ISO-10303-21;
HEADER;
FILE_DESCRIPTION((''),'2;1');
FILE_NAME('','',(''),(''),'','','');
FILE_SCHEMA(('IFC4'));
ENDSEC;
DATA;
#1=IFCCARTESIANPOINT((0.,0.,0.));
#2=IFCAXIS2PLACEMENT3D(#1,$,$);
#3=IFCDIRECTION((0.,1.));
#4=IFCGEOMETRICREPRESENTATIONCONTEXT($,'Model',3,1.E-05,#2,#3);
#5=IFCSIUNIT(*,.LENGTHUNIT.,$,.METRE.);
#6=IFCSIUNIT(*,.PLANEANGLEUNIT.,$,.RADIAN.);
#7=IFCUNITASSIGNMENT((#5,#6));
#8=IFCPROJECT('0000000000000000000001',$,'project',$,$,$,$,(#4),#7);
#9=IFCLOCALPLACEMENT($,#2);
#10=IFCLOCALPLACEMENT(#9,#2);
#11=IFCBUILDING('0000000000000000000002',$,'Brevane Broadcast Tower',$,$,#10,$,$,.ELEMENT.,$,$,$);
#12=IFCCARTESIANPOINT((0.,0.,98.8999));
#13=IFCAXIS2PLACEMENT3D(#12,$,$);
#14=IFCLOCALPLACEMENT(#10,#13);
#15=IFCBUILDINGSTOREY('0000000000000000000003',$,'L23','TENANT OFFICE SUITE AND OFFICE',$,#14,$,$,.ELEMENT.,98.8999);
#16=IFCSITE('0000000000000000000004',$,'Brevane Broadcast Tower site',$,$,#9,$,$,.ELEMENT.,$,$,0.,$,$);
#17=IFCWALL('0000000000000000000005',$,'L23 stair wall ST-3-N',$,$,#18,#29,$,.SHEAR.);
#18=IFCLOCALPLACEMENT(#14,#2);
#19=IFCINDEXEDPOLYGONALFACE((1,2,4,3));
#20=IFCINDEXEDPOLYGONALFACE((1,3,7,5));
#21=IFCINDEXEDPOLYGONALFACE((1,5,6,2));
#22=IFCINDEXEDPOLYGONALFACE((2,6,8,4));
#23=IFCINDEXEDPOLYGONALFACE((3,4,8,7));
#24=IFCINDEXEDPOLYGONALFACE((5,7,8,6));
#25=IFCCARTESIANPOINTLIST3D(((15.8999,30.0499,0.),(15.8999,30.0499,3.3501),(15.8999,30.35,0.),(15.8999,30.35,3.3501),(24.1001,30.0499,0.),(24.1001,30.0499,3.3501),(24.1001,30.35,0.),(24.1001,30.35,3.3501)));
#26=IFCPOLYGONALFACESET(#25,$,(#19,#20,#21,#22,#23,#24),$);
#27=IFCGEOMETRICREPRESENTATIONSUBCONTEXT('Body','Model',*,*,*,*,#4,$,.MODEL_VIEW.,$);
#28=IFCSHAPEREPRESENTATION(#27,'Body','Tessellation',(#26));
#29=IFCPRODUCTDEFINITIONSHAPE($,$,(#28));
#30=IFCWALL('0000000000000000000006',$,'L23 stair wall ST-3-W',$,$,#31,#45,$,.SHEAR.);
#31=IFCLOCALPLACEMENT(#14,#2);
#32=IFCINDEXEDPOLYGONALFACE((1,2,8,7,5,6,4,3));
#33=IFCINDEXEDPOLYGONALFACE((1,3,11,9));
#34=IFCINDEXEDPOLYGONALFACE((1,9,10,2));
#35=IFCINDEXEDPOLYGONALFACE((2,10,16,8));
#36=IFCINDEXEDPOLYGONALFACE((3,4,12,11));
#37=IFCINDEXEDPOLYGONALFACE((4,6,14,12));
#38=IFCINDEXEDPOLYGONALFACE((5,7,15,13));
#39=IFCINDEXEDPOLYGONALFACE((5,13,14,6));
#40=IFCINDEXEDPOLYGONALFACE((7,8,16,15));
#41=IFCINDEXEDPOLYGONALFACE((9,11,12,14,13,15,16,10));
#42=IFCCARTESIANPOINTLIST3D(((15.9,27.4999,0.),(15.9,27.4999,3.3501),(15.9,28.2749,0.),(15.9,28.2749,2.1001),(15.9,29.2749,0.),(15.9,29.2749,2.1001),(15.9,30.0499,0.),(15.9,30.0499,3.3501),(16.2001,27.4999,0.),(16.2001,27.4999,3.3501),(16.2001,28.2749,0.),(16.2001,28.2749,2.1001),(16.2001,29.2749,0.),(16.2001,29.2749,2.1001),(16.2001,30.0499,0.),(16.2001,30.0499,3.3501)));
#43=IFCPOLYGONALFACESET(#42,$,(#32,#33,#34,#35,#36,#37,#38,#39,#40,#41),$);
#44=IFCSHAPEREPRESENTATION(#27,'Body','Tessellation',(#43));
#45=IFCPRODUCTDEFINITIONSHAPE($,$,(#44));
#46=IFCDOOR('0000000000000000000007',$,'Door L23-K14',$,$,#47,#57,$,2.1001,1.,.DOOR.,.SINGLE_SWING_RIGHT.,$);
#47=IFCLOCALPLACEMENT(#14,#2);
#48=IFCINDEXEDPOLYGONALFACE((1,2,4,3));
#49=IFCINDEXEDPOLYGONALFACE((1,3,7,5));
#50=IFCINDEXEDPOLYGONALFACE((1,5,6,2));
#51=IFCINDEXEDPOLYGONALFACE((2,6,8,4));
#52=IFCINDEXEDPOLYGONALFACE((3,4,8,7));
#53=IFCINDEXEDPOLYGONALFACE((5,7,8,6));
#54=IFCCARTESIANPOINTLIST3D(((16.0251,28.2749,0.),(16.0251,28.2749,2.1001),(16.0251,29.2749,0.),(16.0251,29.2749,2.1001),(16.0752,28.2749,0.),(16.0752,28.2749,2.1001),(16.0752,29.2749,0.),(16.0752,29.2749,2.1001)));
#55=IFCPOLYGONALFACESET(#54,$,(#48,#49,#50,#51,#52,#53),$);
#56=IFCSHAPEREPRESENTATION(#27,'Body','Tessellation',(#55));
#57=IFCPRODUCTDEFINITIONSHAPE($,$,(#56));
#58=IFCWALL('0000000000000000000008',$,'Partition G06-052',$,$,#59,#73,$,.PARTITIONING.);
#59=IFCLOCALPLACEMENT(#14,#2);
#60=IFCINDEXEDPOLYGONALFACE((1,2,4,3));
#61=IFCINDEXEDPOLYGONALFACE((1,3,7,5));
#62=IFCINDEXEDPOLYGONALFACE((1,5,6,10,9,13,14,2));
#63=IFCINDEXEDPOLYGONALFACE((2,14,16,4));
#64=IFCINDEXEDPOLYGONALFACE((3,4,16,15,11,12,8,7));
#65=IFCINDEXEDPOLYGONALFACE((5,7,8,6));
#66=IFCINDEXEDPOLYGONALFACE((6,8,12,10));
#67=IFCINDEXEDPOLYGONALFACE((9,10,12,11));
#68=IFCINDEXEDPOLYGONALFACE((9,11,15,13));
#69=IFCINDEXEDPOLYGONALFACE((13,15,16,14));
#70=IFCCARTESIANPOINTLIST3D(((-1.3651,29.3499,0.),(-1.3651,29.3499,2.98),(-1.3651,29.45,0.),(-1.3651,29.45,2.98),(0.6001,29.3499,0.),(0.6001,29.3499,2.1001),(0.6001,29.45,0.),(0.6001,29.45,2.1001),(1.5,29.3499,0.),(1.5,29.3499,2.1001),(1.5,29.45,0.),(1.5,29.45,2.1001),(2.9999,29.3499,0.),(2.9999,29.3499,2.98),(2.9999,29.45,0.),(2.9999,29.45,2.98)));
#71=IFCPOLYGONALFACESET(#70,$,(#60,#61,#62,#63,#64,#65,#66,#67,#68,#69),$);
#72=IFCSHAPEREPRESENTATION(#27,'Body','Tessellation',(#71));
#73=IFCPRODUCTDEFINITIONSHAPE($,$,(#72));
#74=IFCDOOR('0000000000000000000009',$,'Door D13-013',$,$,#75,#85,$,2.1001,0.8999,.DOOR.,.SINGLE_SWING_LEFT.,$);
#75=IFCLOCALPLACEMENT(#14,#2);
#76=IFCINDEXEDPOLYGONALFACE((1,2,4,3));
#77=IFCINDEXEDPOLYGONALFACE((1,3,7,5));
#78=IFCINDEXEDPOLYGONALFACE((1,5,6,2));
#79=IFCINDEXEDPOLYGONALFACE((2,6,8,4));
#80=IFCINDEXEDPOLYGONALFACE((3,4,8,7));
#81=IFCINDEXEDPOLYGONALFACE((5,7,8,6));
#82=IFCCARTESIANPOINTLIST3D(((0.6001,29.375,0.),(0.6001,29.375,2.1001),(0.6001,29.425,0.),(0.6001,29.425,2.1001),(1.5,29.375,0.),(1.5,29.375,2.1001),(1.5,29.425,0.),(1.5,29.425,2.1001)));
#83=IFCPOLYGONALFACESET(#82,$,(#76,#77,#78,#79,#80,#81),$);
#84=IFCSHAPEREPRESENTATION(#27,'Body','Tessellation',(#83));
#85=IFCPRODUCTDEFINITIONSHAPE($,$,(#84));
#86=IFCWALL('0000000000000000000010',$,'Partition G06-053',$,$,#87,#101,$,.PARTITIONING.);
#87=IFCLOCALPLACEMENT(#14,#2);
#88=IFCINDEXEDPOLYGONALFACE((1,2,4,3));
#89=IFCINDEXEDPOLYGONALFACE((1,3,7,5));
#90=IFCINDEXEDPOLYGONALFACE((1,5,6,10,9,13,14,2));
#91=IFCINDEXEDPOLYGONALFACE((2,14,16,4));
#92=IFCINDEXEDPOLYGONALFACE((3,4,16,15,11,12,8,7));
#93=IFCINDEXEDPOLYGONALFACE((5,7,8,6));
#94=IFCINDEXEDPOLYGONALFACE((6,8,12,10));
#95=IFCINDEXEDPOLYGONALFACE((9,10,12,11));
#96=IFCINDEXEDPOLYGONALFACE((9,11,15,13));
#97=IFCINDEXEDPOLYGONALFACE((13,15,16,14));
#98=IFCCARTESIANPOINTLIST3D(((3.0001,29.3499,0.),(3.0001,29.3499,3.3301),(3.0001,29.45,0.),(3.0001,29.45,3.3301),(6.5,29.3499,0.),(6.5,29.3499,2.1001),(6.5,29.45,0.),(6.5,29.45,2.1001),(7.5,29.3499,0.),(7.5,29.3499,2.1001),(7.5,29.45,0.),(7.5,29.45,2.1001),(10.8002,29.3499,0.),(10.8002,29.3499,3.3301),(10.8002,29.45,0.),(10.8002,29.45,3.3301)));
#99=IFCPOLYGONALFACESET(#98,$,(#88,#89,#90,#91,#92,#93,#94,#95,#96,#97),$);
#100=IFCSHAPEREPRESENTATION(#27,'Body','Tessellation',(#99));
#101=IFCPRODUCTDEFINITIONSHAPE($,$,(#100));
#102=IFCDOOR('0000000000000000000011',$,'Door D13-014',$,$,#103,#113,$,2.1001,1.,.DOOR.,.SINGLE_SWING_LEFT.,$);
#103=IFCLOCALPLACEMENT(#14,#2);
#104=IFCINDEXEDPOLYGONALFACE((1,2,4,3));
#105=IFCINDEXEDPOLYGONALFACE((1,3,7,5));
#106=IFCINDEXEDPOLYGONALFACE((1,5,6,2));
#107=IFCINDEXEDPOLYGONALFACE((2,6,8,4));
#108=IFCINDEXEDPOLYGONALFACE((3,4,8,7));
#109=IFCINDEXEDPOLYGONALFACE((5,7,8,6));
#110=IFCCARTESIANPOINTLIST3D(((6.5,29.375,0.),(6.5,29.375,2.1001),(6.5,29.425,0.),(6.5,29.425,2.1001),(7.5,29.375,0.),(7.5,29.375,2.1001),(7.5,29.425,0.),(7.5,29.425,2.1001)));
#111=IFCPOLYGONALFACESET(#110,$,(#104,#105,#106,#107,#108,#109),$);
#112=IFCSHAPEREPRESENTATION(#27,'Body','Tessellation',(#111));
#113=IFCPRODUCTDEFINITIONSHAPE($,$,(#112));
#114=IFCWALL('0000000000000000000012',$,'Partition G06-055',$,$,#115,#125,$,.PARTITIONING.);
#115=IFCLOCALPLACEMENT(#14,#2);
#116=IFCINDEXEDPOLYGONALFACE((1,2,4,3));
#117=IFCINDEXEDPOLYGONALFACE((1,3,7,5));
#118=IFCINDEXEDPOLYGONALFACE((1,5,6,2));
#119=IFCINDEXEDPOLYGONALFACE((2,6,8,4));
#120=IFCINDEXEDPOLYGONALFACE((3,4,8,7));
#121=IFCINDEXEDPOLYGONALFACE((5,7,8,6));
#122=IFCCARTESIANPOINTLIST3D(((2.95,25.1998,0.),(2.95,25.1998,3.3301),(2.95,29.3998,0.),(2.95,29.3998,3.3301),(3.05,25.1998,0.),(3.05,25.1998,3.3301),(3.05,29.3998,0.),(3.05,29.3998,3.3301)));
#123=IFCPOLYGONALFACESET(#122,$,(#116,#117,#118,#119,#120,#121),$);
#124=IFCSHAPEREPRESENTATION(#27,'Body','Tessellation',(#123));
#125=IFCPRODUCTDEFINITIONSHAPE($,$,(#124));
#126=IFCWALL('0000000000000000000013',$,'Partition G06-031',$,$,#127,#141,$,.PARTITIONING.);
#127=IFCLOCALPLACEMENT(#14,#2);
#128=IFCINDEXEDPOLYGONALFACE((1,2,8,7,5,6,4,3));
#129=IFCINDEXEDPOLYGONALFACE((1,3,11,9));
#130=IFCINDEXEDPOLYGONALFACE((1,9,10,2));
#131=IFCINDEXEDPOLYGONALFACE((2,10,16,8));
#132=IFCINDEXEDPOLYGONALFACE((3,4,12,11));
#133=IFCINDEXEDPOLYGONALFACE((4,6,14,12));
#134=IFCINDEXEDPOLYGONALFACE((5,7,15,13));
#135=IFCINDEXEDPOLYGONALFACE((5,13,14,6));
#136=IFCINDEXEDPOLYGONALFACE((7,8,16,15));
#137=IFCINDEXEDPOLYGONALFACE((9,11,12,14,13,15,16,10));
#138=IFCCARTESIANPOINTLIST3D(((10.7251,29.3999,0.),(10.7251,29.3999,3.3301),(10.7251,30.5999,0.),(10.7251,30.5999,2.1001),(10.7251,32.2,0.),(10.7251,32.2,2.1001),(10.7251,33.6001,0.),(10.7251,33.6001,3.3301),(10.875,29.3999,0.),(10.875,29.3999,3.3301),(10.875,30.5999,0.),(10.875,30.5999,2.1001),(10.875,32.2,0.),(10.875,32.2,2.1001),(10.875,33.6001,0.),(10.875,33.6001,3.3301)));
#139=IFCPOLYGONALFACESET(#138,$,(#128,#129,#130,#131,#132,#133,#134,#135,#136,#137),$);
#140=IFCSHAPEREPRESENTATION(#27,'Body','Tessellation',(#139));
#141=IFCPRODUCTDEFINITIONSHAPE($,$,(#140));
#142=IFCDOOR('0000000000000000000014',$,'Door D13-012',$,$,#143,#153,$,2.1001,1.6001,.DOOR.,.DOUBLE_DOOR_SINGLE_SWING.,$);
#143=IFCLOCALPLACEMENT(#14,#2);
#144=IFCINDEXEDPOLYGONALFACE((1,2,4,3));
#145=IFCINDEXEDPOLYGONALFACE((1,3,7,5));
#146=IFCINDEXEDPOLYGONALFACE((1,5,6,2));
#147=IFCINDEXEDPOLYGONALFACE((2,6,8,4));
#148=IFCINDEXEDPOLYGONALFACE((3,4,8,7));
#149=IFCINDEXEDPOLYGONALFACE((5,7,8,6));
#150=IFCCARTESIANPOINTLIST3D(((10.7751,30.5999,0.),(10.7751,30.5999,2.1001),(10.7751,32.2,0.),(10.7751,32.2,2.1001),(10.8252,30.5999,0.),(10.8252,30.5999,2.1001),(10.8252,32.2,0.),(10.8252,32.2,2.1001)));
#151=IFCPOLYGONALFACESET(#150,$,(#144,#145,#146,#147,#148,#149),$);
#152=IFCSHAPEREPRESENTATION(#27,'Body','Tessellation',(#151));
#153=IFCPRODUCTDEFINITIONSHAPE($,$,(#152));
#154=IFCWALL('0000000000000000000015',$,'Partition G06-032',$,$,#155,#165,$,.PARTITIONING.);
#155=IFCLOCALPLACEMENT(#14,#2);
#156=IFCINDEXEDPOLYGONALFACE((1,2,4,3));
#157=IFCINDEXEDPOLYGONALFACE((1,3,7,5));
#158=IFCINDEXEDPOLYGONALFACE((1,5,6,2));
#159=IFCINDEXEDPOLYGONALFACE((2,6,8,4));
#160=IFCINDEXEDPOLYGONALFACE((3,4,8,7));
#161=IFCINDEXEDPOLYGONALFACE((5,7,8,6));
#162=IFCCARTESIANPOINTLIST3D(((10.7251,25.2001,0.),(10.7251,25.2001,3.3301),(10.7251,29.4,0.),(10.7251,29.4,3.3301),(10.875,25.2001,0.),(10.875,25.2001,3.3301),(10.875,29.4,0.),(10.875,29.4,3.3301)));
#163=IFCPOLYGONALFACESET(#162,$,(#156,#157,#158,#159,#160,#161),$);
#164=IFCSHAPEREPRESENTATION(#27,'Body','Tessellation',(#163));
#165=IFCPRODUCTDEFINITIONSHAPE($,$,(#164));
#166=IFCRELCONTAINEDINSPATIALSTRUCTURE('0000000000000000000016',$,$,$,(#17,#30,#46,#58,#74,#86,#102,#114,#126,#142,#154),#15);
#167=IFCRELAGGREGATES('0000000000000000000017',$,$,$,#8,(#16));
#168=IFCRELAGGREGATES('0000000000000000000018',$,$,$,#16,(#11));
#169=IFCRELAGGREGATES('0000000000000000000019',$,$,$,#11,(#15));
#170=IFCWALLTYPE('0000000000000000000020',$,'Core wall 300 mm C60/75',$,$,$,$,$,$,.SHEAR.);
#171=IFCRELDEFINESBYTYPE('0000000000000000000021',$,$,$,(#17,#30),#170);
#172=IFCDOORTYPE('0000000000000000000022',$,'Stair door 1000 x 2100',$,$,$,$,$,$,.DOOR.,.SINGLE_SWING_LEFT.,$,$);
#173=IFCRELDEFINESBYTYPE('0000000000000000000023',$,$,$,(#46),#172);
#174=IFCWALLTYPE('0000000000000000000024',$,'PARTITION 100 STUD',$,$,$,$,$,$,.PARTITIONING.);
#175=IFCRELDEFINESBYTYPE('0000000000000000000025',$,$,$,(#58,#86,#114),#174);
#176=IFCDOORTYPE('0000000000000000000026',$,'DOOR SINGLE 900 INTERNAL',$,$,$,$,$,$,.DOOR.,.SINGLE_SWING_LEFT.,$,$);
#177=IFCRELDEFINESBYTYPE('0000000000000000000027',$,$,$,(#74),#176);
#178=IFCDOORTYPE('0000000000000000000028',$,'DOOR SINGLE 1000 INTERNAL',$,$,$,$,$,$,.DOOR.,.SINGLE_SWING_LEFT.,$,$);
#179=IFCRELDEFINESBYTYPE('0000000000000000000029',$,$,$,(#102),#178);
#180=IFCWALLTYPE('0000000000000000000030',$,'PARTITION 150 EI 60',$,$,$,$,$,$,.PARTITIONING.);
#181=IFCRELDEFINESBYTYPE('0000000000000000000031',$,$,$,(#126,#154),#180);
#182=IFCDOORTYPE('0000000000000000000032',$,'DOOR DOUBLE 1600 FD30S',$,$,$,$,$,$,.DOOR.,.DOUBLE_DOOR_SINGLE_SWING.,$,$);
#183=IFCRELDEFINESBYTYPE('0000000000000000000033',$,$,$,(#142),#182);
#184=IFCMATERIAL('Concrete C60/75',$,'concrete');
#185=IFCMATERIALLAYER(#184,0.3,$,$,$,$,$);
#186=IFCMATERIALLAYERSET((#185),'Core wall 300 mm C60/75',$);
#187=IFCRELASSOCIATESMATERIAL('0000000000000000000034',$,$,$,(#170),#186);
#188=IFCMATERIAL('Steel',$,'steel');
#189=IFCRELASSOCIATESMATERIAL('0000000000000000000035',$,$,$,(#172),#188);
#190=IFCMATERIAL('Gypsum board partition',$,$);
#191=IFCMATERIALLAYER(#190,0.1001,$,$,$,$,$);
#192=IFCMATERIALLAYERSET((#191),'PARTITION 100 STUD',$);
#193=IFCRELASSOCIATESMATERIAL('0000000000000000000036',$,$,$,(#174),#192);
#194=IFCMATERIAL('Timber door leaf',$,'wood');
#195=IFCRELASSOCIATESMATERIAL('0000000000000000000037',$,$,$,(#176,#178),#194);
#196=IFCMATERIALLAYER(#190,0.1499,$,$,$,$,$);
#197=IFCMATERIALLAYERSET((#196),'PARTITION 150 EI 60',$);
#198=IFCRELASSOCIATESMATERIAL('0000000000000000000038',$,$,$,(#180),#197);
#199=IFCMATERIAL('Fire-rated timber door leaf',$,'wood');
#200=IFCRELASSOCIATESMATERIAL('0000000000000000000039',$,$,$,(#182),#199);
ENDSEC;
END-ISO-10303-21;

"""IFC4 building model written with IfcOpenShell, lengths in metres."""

from ifc_helpers import new_model, si_unit, direction, frame, frame_2d, origin, place, context, subcontext, project, spatial, rectangle, extrude, material, layer, layer_set, type_object, element, fill, save


model = new_model("IFC4")

# Units and contexts
model_context = context("Model", 3, precision=1e-05, world=origin(), true_north=direction((0.0, 1.0)))
body_context = subcontext(model_context, "Body", "Model", "MODEL_VIEW")
ifc_project = project(units=[si_unit("LENGTHUNIT", "METRE"), si_unit("PLANEANGLEUNIT", "RADIAN")], contexts=[model_context])

# Site, building, storey
site_placement = place(None, origin())
site = spatial("IfcSite", under=ifc_project, at=site_placement, Name="Brevane Broadcast Tower site", CompositionType="ELEMENT", RefElevation=0.0)
building_placement = place(site_placement, origin())
building = spatial("IfcBuilding", under=site, at=building_placement, Name="Brevane Broadcast Tower", CompositionType="ELEMENT")
storey_placement = place(building_placement, frame((0.0, 0.0, 98.8999)))
storey = spatial("IfcBuildingStorey", under=building, at=storey_placement, Name="L23", Description="TENANT OFFICE SUITE AND OFFICE", CompositionType="ELEMENT", Elevation=98.8999)

# Shared definitions
ifc_material_1 = material(Name="Concrete C60/75", Category="concrete")

# Shared definitions
ifc_layer_1 = layer(ifc_material_1, 0.3)
ifc_layer_set_1 = layer_set([ifc_layer_1], Name="Core wall 300 mm C60/75")
wall_type_1 = type_object("IfcWallType", Name="Core wall 300 mm C60/75", PredefinedType="SHEAR", material=ifc_layer_set_1)
ifc_material_2 = material(Name="Steel", Category="steel")
door_type_1 = type_object("IfcDoorType", Name="Stair door 1000 x 2100", OperationType="SINGLE_SWING_LEFT", PredefinedType="DOOR", material=ifc_material_2)

# Wall
for number, where, z_axis, x_axis, name in (
    (1, (15.8999, 30.2, 0.0), (0.0, 0.0, 1.0), (1.0, 0.0, 0.0), "L23 stair wall ST-3-N"),
):
    element("IfcWall", number, at=place(storey_placement, frame(where, z_axis=z_axis, x_axis=x_axis)), inside=storey, type_object=wall_type_1, Name=name, PredefinedType="SHEAR", context=body_context, shape_type="SweptSolid", body=[
        extrude(rectangle(XDim=8.2002, YDim=0.3, at=frame_2d((4.1001, 0.0))), origin(), (0.0, 0.0, 1.0), 3.3501),
    ])

# Walls, openings, doors
wall_1_placement = place(storey_placement, frame((16.05, 27.5, 0.0), z_axis=(0.0, 0.0, 1.0), x_axis=(0.0, 1.0, 0.0)))
wall_1 = element("IfcWall", 2, at=wall_1_placement, inside=storey, type_object=wall_type_1, Name="L23 stair wall ST-3-W", PredefinedType="SHEAR", context=body_context, shape_type="SweptSolid", body=[
    extrude(rectangle(XDim=2.55, YDim=0.3, at=frame_2d((1.2749, 0.0))), origin(), (0.0, 0.0, 1.0), 3.3501),
])
opening_1_placement = place(wall_1_placement, frame((0.7749, 0.0, 0.0)))
opening_1 = element("IfcOpeningElement", 3, at=opening_1_placement, cuts=wall_1, PredefinedType="OPENING", context=body_context, shape_type="SweptSolid", body=[
    extrude(rectangle(XDim=1.0, YDim=2.1001, at=frame_2d((0.5, 1.05))), frame((0.0, 0.1599, 0.0), z_axis=(0.0, -1.0, 0.0), x_axis=(1.0, 0.0, 0.0)), (0.0, 0.0, 1.0), 0.3201),
])
door_1_placement = place(opening_1_placement, origin())
door_1 = element("IfcDoor", 4, at=door_1_placement, inside=storey, type_object=door_type_1, Name="Door L23-K14", OperationType="SINGLE_SWING_RIGHT", OverallHeight=2.1001, OverallWidth=1.0, PredefinedType="DOOR", context=body_context, shape_type="SweptSolid", body=[
    extrude(rectangle(XDim=1.0, YDim=2.1001, at=frame_2d((0.5, 1.05))), frame((0.0, 0.0249, 0.0), z_axis=(0.0, -1.0, 0.0), x_axis=(1.0, 0.0, 0.0)), (0.0, 0.0, 1.0), 0.05),
])
fill(opening_1, door_1)
ifc_material_3 = material(Name="Gypsum board partition")
ifc_layer_2 = layer(ifc_material_3, 0.1001)
ifc_layer_set_2 = layer_set([ifc_layer_2], Name="PARTITION 100 STUD")
wall_type_2 = type_object("IfcWallType", Name="PARTITION 100 STUD", PredefinedType="PARTITIONING", material=ifc_layer_set_2)
wall_2_placement = place(storey_placement, frame((3.0, 29.3999, 0.0), z_axis=(0.0, 0.0, 1.0), x_axis=(-1.0, 0.0, 0.0)))
wall_2 = element("IfcWall", 5, at=wall_2_placement, inside=storey, type_object=wall_type_2, Name="Partition G06-052", PredefinedType="PARTITIONING", context=body_context, shape_type="SweptSolid", body=[
    extrude(rectangle(XDim=4.365, YDim=0.1001, at=frame_2d((2.1826, 0.0))), origin(), (0.0, 0.0, 1.0), 2.98),
])
opening_2_placement = place(wall_2_placement, frame((1.5, 0.0, 0.0)))
opening_2 = element("IfcOpeningElement", 6, at=opening_2_placement, cuts=wall_2, PredefinedType="OPENING", context=body_context, shape_type="SweptSolid", body=[
    extrude(rectangle(XDim=0.8999, YDim=2.1001, at=frame_2d((0.45, 1.05))), frame((0.0, 0.0601, 0.0), z_axis=(0.0, -1.0, 0.0), x_axis=(1.0, 0.0, 0.0)), (0.0, 0.0, 1.0), 0.1201),
])
ifc_material_4 = material(Name="Timber door leaf", Category="wood")
door_type_2 = type_object("IfcDoorType", Name="DOOR SINGLE 900 INTERNAL", OperationType="SINGLE_SWING_LEFT", PredefinedType="DOOR", material=ifc_material_4)
door_2_placement = place(opening_2_placement, origin())
door_2 = element("IfcDoor", 7, at=door_2_placement, inside=storey, type_object=door_type_2, Name="Door D13-013", OperationType="SINGLE_SWING_LEFT", OverallHeight=2.1001, OverallWidth=0.8999, PredefinedType="DOOR", context=body_context, shape_type="SweptSolid", body=[
    extrude(rectangle(XDim=0.8999, YDim=2.1001, at=frame_2d((0.45, 1.05))), frame((0.0, 0.0249, 0.0), z_axis=(0.0, -1.0, 0.0), x_axis=(1.0, 0.0, 0.0)), (0.0, 0.0, 1.0), 0.05),
])
fill(opening_2, door_2)
wall_3_placement = place(storey_placement, frame((10.8, 29.3999, 0.0), z_axis=(0.0, 0.0, 1.0), x_axis=(-1.0, 0.0, 0.0)))
wall_3 = element("IfcWall", 8, at=wall_3_placement, inside=storey, type_object=wall_type_2, Name="Partition G06-053", PredefinedType="PARTITIONING", context=body_context, shape_type="SweptSolid", body=[
    extrude(rectangle(XDim=7.8, YDim=0.1001, at=frame_2d((3.8999, 0.0))), origin(), (0.0, 0.0, 1.0), 3.3301),
])
opening_3_placement = place(wall_3_placement, frame((3.3, 0.0, 0.0)))
opening_3 = element("IfcOpeningElement", 9, at=opening_3_placement, cuts=wall_3, PredefinedType="OPENING", context=body_context, shape_type="SweptSolid", body=[
    extrude(rectangle(XDim=1.0, YDim=2.1001, at=frame_2d((0.5, 1.05))), frame((0.0, 0.0601, 0.0), z_axis=(0.0, -1.0, 0.0), x_axis=(1.0, 0.0, 0.0)), (0.0, 0.0, 1.0), 0.1201),
])
door_type_3 = type_object("IfcDoorType", Name="DOOR SINGLE 1000 INTERNAL", OperationType="SINGLE_SWING_LEFT", PredefinedType="DOOR", material=ifc_material_4)
door_3_placement = place(opening_3_placement, origin())
door_3 = element("IfcDoor", 10, at=door_3_placement, inside=storey, type_object=door_type_3, Name="Door D13-014", OperationType="SINGLE_SWING_LEFT", OverallHeight=2.1001, OverallWidth=1.0, PredefinedType="DOOR", context=body_context, shape_type="SweptSolid", body=[
    extrude(rectangle(XDim=1.0, YDim=2.1001, at=frame_2d((0.5, 1.05))), frame((0.0, 0.0249, 0.0), z_axis=(0.0, -1.0, 0.0), x_axis=(1.0, 0.0, 0.0)), (0.0, 0.0, 1.0), 0.05),
])
fill(opening_3, door_3)

# Wall
wall_4_placement = place(storey_placement, frame((3.0, 29.3999, 0.0), z_axis=(0.0, 0.0, 1.0), x_axis=(0.0, -1.0, 0.0)))
element("IfcWall", 11, at=wall_4_placement, inside=storey, type_object=wall_type_2, Name="Partition G06-055", PredefinedType="PARTITIONING", context=body_context, shape_type="SweptSolid", body=[
    extrude(rectangle(XDim=4.2, YDim=0.1001, at=frame_2d((2.1001, 0.0))), origin(), (0.0, 0.0, 1.0), 3.3301),
])

# Wall, opening, door
ifc_layer_3 = layer(ifc_material_3, 0.1499)
ifc_layer_set_3 = layer_set([ifc_layer_3], Name="PARTITION 150 EI 60")
wall_type_3 = type_object("IfcWallType", Name="PARTITION 150 EI 60", PredefinedType="PARTITIONING", material=ifc_layer_set_3)
wall_5_placement = place(storey_placement, frame((10.8, 29.3999, 0.0), z_axis=(0.0, 0.0, 1.0), x_axis=(0.0, 1.0, 0.0)))
wall_5 = element("IfcWall", 12, at=wall_5_placement, inside=storey, type_object=wall_type_3, Name="Partition G06-031", PredefinedType="PARTITIONING", context=body_context, shape_type="SweptSolid", body=[
    extrude(rectangle(XDim=4.2002, YDim=0.1499, at=frame_2d((2.1001, 0.0))), origin(), (0.0, 0.0, 1.0), 3.3301),
])
opening_4_placement = place(wall_5_placement, frame((1.2, 0.0, 0.0)))
opening_4 = element("IfcOpeningElement", 13, at=opening_4_placement, cuts=wall_5, PredefinedType="OPENING", context=body_context, shape_type="SweptSolid", body=[
    extrude(rectangle(XDim=1.6001, YDim=2.1001, at=frame_2d((0.8, 1.05))), frame((0.0, 0.085, 0.0), z_axis=(0.0, -1.0, 0.0), x_axis=(1.0, 0.0, 0.0)), (0.0, 0.0, 1.0), 0.1699),
])
ifc_material_5 = material(Name="Fire-rated timber door leaf", Category="wood")
door_type_4 = type_object("IfcDoorType", Name="DOOR DOUBLE 1600 FD30S", OperationType="DOUBLE_DOOR_SINGLE_SWING", PredefinedType="DOOR", material=ifc_material_5)
door_4_placement = place(opening_4_placement, origin())
door_4 = element("IfcDoor", 14, at=door_4_placement, inside=storey, type_object=door_type_4, Name="Door D13-012", OperationType="DOUBLE_DOOR_SINGLE_SWING", OverallHeight=2.1001, OverallWidth=1.6001, PredefinedType="DOOR", context=body_context, shape_type="SweptSolid", body=[
    extrude(rectangle(XDim=1.6001, YDim=2.1001, at=frame_2d((0.8, 1.05))), frame((0.0, 0.0249, 0.0), z_axis=(0.0, -1.0, 0.0), x_axis=(1.0, 0.0, 0.0)), (0.0, 0.0, 1.0), 0.05),
])
fill(opening_4, door_4)

# Wall
wall_6_placement = place(storey_placement, frame((10.8, 25.2, 0.0), z_axis=(0.0, 0.0, 1.0), x_axis=(0.0, 1.0, 0.0)))
element("IfcWall", 15, at=wall_6_placement, inside=storey, type_object=wall_type_3, Name="Partition G06-032", PredefinedType="PARTITIONING", context=body_context, shape_type="SweptSolid", body=[
    extrude(rectangle(XDim=4.2, YDim=0.1499, at=frame_2d((2.1001, 0.0))), origin(), (0.0, 0.0, 1.0), 3.3301),
])

save(model, "model.ifc")
